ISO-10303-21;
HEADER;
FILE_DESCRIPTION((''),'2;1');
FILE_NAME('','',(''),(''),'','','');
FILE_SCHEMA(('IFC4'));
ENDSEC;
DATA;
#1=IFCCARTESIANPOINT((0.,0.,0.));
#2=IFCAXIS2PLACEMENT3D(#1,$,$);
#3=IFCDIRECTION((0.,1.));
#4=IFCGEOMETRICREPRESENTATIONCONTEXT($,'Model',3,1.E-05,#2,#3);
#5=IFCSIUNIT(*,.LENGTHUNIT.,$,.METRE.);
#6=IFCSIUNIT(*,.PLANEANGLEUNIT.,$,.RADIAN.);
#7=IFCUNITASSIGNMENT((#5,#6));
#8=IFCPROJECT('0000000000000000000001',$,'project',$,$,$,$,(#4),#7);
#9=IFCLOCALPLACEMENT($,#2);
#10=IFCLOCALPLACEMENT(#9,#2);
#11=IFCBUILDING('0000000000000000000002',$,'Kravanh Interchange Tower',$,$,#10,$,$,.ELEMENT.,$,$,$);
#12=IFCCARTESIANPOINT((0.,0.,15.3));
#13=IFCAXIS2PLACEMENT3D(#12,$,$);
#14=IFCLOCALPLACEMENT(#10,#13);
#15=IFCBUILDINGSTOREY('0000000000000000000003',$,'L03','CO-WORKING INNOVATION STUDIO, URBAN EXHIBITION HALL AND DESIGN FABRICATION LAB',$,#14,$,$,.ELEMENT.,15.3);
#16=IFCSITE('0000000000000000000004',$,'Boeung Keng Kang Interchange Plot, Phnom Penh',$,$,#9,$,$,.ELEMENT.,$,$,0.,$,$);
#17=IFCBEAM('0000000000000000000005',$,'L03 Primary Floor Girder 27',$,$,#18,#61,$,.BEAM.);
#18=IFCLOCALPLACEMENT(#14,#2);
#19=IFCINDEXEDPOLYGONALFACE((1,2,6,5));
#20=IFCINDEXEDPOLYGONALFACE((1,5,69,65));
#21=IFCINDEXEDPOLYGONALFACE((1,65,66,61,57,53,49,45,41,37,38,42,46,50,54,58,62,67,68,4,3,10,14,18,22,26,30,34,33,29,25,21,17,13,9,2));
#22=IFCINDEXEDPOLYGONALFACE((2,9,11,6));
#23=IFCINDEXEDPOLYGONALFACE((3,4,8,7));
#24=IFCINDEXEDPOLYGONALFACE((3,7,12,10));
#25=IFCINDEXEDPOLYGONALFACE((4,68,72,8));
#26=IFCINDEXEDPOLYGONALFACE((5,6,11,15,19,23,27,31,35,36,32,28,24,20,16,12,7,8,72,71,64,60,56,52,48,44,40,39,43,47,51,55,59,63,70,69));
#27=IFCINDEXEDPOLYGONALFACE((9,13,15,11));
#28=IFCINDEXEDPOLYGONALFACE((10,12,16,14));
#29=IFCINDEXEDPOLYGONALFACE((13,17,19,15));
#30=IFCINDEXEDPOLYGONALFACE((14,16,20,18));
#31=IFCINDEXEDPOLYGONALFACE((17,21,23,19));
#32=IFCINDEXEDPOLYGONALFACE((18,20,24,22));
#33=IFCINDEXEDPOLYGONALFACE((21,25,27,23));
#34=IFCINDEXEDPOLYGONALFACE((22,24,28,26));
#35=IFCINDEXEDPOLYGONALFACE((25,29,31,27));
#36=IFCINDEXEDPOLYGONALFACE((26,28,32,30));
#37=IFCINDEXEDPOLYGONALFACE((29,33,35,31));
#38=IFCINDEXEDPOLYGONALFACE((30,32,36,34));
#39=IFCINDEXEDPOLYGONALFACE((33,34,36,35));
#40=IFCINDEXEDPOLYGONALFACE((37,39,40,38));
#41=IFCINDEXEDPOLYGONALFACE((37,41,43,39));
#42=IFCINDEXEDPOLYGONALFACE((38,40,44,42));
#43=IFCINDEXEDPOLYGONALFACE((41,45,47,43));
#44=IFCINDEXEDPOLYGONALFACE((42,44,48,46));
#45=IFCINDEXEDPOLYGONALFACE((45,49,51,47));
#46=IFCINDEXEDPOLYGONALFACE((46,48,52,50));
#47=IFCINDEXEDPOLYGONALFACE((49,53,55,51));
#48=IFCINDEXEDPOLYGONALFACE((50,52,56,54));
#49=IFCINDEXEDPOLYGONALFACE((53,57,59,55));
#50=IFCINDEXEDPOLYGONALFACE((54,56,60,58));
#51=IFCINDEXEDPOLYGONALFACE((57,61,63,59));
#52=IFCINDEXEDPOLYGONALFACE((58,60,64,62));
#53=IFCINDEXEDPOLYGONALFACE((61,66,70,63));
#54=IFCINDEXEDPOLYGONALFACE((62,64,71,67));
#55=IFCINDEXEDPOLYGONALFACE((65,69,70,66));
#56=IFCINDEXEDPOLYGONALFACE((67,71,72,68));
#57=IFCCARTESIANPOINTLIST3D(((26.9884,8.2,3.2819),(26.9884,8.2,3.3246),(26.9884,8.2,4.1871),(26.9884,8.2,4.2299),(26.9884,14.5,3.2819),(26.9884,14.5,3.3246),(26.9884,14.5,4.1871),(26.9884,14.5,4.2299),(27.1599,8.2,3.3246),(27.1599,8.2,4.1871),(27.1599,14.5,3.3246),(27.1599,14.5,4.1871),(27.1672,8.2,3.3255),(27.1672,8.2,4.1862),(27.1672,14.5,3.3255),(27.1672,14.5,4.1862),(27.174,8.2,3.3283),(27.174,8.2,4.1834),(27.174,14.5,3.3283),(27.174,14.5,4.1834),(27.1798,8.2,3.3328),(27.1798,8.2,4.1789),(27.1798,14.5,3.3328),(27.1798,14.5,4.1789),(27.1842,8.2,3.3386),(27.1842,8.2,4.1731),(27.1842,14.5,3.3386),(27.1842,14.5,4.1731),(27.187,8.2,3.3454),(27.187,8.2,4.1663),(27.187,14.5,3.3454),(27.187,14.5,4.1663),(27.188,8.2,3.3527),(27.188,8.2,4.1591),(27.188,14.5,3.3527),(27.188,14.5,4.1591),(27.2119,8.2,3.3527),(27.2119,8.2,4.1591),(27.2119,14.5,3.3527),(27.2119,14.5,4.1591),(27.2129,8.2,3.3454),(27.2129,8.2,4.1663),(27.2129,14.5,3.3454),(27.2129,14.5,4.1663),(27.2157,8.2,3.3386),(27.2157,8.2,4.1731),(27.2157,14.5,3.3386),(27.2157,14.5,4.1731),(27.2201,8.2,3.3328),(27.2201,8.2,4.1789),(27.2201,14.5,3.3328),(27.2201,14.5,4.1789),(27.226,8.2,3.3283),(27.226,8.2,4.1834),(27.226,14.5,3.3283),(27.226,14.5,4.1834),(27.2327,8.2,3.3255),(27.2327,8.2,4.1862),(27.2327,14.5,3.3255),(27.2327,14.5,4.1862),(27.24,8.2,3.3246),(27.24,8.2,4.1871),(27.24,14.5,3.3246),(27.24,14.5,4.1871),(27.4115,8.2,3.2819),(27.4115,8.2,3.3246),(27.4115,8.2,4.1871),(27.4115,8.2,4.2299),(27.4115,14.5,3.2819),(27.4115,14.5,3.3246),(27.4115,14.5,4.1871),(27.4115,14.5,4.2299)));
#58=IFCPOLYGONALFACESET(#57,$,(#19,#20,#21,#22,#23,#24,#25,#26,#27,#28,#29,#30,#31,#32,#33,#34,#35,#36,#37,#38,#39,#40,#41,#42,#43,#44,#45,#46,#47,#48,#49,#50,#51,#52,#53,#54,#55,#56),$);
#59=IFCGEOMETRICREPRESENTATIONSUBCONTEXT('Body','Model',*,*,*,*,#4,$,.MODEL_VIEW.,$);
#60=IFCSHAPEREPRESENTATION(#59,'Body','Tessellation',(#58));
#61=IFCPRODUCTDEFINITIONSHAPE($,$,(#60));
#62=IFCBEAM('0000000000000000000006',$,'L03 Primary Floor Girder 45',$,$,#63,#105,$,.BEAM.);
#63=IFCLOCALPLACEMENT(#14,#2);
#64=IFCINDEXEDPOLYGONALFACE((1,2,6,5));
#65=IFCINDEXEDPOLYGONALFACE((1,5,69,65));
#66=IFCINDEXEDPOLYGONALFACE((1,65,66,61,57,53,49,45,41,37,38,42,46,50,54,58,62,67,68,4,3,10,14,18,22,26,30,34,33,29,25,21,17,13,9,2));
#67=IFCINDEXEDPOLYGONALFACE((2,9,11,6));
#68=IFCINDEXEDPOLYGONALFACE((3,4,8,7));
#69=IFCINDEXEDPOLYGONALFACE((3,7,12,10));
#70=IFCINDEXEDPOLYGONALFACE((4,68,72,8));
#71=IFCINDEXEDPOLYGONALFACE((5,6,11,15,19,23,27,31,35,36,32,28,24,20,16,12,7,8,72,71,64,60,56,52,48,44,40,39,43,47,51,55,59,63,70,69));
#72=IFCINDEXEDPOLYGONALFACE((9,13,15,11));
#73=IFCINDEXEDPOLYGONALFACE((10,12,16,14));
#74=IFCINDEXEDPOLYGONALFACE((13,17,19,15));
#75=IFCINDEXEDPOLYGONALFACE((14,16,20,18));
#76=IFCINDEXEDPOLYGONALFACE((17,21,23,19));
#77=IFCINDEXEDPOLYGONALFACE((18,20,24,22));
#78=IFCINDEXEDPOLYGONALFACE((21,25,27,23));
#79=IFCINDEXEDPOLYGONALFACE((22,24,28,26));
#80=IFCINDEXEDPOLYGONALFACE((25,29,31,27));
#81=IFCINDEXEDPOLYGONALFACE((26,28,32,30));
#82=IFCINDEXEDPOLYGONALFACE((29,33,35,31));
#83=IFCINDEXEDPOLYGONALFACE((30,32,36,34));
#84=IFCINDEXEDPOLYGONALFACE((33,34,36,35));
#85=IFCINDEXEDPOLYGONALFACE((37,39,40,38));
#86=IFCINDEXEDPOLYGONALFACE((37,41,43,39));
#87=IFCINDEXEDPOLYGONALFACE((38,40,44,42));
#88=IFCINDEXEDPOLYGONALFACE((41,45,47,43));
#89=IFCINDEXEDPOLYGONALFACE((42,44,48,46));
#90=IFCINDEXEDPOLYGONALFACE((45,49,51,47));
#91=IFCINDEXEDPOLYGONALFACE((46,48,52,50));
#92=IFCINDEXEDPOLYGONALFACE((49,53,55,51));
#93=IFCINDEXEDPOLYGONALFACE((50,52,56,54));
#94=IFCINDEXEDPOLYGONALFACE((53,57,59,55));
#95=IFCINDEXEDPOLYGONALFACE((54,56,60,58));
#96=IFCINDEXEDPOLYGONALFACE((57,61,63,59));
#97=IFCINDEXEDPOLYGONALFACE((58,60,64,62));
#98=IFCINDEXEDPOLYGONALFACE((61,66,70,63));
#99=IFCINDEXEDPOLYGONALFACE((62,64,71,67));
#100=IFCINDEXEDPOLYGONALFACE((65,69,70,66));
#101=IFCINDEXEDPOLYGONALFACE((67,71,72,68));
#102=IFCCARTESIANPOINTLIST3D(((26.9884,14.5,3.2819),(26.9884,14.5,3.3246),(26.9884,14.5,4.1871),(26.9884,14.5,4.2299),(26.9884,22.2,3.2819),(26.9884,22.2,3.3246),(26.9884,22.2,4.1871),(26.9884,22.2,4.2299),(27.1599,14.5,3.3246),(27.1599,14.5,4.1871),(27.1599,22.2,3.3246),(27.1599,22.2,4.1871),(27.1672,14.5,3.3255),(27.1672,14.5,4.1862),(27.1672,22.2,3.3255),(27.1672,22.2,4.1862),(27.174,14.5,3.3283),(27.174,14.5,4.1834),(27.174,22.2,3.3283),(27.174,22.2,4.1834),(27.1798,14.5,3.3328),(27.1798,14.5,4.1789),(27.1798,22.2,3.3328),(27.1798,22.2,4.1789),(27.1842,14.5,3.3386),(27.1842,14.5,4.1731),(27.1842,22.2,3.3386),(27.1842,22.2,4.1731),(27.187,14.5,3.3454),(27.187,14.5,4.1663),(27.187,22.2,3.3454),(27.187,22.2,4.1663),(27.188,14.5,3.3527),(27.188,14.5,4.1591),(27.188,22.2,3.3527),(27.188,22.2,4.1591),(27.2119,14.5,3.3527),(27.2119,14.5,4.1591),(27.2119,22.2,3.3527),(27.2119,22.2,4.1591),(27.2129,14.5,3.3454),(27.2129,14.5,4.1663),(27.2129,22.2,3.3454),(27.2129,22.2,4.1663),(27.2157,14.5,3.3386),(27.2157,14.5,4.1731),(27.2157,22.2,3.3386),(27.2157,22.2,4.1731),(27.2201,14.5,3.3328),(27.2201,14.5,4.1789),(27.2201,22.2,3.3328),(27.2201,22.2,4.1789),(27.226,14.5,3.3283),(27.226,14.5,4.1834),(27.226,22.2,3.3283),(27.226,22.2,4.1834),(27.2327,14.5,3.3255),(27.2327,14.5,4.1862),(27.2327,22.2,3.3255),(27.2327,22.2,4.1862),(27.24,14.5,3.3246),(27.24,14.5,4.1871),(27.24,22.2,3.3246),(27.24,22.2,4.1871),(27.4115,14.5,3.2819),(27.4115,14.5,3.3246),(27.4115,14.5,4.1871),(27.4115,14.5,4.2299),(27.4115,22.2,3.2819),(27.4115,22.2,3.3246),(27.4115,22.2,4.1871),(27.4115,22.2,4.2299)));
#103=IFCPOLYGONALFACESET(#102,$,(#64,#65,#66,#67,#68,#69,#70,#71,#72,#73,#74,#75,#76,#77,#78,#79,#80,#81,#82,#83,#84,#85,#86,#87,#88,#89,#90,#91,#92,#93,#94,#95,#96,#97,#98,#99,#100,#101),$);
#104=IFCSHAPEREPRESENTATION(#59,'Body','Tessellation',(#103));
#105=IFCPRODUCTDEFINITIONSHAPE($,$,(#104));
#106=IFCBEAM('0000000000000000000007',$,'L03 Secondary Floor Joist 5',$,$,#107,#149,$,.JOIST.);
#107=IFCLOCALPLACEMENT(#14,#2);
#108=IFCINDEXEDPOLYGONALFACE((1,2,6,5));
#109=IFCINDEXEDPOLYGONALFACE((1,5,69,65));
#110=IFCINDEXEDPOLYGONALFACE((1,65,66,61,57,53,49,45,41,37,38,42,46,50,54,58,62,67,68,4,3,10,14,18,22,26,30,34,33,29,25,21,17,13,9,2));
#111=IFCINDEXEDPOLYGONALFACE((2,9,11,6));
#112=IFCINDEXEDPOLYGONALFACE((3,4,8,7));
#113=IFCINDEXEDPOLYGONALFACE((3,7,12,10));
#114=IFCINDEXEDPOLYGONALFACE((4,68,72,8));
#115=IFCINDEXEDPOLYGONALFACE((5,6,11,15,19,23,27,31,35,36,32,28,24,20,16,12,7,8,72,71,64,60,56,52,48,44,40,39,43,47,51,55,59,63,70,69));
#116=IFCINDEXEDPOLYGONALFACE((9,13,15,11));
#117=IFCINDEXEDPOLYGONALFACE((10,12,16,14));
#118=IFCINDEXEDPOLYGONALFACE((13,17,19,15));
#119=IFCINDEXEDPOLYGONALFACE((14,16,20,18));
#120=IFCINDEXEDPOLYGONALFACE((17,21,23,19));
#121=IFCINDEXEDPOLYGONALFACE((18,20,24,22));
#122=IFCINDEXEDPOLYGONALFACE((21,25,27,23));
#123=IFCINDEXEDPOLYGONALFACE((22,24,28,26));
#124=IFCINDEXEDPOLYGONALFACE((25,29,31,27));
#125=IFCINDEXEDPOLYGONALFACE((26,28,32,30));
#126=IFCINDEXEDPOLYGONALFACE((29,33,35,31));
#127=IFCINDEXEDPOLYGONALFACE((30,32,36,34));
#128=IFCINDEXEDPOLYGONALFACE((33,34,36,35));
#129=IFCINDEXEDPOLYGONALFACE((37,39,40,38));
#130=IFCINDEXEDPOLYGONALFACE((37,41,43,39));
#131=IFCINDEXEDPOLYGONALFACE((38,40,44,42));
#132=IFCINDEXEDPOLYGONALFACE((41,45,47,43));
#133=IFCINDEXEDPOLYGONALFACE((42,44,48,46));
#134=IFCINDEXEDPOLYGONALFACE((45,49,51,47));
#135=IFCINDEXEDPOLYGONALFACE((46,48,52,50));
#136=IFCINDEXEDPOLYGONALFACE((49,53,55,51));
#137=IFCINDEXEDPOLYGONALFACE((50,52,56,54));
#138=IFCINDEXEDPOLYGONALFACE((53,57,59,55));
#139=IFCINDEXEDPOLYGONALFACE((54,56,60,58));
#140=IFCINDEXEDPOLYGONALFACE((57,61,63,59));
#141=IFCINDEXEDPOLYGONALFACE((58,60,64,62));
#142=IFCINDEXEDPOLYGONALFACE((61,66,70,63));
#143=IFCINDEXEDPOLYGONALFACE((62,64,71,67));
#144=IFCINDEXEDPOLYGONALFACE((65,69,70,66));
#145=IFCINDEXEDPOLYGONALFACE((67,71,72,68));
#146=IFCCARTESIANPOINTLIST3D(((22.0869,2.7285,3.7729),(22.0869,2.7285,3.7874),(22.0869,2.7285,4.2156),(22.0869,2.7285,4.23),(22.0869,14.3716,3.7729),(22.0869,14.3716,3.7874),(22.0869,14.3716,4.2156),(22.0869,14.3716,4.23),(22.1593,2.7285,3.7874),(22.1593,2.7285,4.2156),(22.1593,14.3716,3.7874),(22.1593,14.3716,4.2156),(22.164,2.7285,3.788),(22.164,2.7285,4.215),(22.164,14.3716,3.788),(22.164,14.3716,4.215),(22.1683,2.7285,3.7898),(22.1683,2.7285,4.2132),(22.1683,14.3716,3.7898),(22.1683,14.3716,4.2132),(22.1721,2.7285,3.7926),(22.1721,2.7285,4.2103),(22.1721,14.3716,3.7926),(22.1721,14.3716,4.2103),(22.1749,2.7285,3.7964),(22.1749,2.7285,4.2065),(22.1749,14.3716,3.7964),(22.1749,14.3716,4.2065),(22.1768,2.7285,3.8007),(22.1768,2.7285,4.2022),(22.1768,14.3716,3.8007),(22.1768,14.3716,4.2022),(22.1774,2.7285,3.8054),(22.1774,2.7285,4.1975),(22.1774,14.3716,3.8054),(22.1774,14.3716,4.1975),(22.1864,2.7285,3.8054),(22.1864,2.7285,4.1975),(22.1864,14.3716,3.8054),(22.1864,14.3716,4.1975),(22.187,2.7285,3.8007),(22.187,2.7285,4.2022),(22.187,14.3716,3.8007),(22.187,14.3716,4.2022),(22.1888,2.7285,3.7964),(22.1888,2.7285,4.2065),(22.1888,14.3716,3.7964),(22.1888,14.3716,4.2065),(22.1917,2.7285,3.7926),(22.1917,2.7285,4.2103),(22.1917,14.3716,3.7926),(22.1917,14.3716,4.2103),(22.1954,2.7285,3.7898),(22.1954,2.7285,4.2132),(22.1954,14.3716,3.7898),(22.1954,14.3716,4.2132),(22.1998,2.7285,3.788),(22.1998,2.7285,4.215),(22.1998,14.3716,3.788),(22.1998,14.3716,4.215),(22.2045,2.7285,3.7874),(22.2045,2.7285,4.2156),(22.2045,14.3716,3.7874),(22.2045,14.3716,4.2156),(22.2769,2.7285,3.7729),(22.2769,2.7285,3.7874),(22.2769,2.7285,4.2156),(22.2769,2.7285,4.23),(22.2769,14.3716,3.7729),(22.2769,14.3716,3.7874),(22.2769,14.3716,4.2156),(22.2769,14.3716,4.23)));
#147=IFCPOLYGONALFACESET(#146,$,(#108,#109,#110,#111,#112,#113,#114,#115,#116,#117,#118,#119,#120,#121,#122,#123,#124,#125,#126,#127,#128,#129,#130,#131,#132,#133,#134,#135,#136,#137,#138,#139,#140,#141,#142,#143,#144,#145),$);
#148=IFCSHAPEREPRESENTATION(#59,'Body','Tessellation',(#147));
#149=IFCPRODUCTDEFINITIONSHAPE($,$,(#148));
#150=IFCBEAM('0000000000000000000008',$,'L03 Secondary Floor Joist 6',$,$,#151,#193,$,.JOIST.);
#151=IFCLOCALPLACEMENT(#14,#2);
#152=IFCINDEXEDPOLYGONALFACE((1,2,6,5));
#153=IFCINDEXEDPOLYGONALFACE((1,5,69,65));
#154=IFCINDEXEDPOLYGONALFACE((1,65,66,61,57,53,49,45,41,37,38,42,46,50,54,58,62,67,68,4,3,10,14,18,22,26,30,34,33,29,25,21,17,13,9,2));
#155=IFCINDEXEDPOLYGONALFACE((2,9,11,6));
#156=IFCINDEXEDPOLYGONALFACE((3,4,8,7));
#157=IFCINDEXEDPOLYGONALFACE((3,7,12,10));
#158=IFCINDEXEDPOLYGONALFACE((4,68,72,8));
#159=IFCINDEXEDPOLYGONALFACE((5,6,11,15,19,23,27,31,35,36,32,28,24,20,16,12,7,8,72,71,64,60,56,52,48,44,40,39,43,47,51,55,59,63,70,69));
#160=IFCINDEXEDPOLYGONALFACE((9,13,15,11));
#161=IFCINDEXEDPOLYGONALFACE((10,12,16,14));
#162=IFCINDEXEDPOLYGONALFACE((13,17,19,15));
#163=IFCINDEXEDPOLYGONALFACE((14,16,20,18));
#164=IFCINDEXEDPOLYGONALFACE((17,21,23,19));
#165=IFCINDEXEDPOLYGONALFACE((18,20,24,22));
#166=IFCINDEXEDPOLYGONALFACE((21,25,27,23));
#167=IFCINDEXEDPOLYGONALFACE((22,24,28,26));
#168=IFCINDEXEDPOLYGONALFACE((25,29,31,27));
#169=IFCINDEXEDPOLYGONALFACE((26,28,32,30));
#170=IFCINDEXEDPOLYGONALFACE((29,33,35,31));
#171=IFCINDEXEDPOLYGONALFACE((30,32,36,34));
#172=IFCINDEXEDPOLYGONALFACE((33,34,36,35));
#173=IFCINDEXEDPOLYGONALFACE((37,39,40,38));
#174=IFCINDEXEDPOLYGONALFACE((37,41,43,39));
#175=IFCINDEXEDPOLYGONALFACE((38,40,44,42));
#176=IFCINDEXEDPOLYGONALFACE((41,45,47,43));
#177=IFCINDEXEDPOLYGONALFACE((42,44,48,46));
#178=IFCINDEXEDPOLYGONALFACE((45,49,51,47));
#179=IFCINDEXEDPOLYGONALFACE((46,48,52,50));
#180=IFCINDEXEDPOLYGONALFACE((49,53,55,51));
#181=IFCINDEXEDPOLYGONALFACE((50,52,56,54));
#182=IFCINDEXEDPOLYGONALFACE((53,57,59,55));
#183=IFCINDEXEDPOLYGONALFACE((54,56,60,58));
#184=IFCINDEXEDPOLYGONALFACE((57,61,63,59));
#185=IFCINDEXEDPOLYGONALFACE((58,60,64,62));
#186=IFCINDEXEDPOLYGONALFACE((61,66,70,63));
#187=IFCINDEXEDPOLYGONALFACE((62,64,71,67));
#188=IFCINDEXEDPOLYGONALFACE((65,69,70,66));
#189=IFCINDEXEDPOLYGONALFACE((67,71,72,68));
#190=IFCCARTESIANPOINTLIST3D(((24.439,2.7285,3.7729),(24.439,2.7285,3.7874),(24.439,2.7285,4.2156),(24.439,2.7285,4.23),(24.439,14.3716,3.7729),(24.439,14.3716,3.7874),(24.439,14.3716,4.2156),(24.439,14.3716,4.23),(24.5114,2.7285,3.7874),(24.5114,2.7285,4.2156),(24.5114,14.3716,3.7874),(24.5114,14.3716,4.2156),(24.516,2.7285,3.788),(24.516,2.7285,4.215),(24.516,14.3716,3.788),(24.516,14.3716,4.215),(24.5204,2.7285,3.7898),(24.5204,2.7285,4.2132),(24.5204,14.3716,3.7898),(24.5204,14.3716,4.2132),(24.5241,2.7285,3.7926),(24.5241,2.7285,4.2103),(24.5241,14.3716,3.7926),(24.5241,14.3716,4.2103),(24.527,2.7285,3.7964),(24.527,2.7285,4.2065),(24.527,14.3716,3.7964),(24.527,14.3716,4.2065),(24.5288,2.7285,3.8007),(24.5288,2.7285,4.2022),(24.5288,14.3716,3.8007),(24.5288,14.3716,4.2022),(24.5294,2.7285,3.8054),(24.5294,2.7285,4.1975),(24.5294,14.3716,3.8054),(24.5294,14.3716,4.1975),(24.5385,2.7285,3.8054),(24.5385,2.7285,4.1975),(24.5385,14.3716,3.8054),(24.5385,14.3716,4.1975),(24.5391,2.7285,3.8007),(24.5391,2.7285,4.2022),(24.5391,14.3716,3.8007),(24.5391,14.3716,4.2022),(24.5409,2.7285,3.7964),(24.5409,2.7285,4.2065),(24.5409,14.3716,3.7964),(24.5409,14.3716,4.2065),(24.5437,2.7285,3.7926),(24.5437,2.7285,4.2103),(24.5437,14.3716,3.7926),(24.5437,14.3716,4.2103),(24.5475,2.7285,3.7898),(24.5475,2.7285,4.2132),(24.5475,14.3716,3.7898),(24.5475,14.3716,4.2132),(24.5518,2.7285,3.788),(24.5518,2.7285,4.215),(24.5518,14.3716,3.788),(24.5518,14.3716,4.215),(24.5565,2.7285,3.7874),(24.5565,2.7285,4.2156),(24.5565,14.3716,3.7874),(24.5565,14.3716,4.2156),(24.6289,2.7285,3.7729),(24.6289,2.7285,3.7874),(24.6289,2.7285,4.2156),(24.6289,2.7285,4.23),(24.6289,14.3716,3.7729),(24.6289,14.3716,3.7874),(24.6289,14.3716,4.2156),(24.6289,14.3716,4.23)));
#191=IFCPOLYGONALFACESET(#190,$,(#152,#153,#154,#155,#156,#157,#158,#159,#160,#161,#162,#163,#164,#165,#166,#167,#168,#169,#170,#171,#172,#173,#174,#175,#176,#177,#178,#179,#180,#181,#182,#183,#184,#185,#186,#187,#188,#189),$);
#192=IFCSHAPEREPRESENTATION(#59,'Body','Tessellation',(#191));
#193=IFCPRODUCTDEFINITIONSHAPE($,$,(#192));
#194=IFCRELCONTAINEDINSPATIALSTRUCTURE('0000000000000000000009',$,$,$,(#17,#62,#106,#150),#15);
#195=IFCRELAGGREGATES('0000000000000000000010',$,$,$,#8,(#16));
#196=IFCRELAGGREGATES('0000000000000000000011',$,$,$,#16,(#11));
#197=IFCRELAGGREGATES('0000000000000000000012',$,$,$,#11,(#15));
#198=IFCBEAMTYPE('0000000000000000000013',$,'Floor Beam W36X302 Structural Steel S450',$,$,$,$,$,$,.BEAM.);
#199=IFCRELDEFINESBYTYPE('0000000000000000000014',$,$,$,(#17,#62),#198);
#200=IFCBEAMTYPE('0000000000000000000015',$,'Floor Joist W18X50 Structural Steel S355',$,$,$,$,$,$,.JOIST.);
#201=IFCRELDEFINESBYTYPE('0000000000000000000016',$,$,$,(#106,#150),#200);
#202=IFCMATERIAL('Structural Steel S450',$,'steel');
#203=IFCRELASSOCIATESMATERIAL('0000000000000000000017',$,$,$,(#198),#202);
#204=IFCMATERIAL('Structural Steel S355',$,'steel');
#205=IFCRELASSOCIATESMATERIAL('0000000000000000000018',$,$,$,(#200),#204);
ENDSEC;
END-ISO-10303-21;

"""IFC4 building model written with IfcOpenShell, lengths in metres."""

from ifc_helpers import new_model, si_unit, direction, frame, origin, origin_2d, place, context, subcontext, project, spatial, i_section, extrude, material, material_profile, profile_set, type_object, element, save


model = new_model("IFC4")

# Units and contexts
model_context = context("Model", 3, precision=1e-05, world=origin(), true_north=direction((0.0, 1.0)))
body_context = subcontext(model_context, "Body", "Model", "MODEL_VIEW")
ifc_project = project(units=[si_unit("LENGTHUNIT", "METRE"), si_unit("PLANEANGLEUNIT", "RADIAN")], contexts=[model_context])

# Site, building, storey
site_placement = place(None, origin())
site = spatial("IfcSite", under=ifc_project, at=site_placement, Name="Boeung Keng Kang Interchange Plot, Phnom Penh", CompositionType="ELEMENT", RefElevation=0.0)
building_placement = place(site_placement, origin())
building = spatial("IfcBuilding", under=site, at=building_placement, Name="Kravanh Interchange Tower", CompositionType="ELEMENT")
storey_placement = place(building_placement, frame((0.0, 0.0, 15.3)))
storey = spatial("IfcBuildingStorey", under=building, at=storey_placement, Name="L03", Description="CO-WORKING INNOVATION STUDIO, URBAN EXHIBITION HALL AND DESIGN FABRICATION LAB", CompositionType="ELEMENT", Elevation=15.3)

# Beams
ifc_material_1 = material(Name="Structural Steel S450", Category="steel")
ifc_material_profile_1 = material_profile(ifc_material_1, i_section(OverallWidth=0.4231, OverallDepth=0.948, WebThickness=0.0239, FlangeThickness=0.0427, FilletRadius=0.0281, at=origin_2d()), Name="W36X302")
ifc_profile_set_1 = profile_set([ifc_material_profile_1], Name="Structural Steel S450")
beam_type_1 = type_object("IfcBeamType", Name="Floor Beam W36X302 Structural Steel S450", PredefinedType="BEAM", material=ifc_profile_set_1)
beam_1_placement = place(storey_placement, frame((27.2, 8.2, 3.7559), z_axis=(0.0, 1.0, 0.0), x_axis=(-1.0, 0.0, 0.0)))
element("IfcBeam", 1, at=beam_1_placement, inside=storey, type_object=beam_type_1, Name="L03 Primary Floor Girder 27", PredefinedType="BEAM", context=body_context, shape_type="SweptSolid", body=[
    extrude(i_section(OverallWidth=0.4231, OverallDepth=0.948, WebThickness=0.0239, FlangeThickness=0.0427, FilletRadius=0.0281, at=origin_2d()), origin(), (0.0, 0.0, 1.0), 6.3),
])
beam_2_placement = place(storey_placement, frame((27.2, 14.5, 3.7559), z_axis=(0.0, 1.0, 0.0), x_axis=(-1.0, 0.0, 0.0)))
element("IfcBeam", 2, at=beam_2_placement, inside=storey, type_object=beam_type_1, Name="L03 Primary Floor Girder 45", PredefinedType="BEAM", context=body_context, shape_type="SweptSolid", body=[
    extrude(i_section(OverallWidth=0.4231, OverallDepth=0.948, WebThickness=0.0239, FlangeThickness=0.0427, FilletRadius=0.0281, at=origin_2d()), origin(), (0.0, 0.0, 1.0), 7.7),
])
ifc_material_2 = material(Name="Structural Steel S355", Category="steel")
ifc_material_profile_2 = material_profile(ifc_material_2, i_section(OverallWidth=0.1899, OverallDepth=0.457, WebThickness=0.009, FlangeThickness=0.0144, FilletRadius=0.0181, at=origin_2d()), Name="W18X50")
ifc_profile_set_2 = profile_set([ifc_material_profile_2], Name="Structural Steel S355")
beam_type_2 = type_object("IfcBeamType", Name="Floor Joist W18X50 Structural Steel S355", PredefinedType="JOIST", material=ifc_profile_set_2)
for number, where, z_axis, x_axis, name in (
    (3, (22.1819, 2.7285, 4.0015), (0.0, 1.0, 0.0), (-1.0, 0.0, 0.0), "L03 Secondary Floor Joist 5"),
    (4, (24.5339, 2.7285, 4.0015), (0.0, 1.0, 0.0), (-1.0, 0.0, 0.0), "L03 Secondary Floor Joist 6"),
):
    element("IfcBeam", number, at=place(storey_placement, frame(where, z_axis=z_axis, x_axis=x_axis)), inside=storey, type_object=beam_type_2, Name=name, PredefinedType="JOIST", context=body_context, shape_type="SweptSolid", body=[
        extrude(i_section(OverallWidth=0.1899, OverallDepth=0.457, WebThickness=0.009, FlangeThickness=0.0144, FilletRadius=0.0181, at=origin_2d()), origin(), (0.0, 0.0, 1.0), 11.6431),
    ])

save(model, "model.ifc")
